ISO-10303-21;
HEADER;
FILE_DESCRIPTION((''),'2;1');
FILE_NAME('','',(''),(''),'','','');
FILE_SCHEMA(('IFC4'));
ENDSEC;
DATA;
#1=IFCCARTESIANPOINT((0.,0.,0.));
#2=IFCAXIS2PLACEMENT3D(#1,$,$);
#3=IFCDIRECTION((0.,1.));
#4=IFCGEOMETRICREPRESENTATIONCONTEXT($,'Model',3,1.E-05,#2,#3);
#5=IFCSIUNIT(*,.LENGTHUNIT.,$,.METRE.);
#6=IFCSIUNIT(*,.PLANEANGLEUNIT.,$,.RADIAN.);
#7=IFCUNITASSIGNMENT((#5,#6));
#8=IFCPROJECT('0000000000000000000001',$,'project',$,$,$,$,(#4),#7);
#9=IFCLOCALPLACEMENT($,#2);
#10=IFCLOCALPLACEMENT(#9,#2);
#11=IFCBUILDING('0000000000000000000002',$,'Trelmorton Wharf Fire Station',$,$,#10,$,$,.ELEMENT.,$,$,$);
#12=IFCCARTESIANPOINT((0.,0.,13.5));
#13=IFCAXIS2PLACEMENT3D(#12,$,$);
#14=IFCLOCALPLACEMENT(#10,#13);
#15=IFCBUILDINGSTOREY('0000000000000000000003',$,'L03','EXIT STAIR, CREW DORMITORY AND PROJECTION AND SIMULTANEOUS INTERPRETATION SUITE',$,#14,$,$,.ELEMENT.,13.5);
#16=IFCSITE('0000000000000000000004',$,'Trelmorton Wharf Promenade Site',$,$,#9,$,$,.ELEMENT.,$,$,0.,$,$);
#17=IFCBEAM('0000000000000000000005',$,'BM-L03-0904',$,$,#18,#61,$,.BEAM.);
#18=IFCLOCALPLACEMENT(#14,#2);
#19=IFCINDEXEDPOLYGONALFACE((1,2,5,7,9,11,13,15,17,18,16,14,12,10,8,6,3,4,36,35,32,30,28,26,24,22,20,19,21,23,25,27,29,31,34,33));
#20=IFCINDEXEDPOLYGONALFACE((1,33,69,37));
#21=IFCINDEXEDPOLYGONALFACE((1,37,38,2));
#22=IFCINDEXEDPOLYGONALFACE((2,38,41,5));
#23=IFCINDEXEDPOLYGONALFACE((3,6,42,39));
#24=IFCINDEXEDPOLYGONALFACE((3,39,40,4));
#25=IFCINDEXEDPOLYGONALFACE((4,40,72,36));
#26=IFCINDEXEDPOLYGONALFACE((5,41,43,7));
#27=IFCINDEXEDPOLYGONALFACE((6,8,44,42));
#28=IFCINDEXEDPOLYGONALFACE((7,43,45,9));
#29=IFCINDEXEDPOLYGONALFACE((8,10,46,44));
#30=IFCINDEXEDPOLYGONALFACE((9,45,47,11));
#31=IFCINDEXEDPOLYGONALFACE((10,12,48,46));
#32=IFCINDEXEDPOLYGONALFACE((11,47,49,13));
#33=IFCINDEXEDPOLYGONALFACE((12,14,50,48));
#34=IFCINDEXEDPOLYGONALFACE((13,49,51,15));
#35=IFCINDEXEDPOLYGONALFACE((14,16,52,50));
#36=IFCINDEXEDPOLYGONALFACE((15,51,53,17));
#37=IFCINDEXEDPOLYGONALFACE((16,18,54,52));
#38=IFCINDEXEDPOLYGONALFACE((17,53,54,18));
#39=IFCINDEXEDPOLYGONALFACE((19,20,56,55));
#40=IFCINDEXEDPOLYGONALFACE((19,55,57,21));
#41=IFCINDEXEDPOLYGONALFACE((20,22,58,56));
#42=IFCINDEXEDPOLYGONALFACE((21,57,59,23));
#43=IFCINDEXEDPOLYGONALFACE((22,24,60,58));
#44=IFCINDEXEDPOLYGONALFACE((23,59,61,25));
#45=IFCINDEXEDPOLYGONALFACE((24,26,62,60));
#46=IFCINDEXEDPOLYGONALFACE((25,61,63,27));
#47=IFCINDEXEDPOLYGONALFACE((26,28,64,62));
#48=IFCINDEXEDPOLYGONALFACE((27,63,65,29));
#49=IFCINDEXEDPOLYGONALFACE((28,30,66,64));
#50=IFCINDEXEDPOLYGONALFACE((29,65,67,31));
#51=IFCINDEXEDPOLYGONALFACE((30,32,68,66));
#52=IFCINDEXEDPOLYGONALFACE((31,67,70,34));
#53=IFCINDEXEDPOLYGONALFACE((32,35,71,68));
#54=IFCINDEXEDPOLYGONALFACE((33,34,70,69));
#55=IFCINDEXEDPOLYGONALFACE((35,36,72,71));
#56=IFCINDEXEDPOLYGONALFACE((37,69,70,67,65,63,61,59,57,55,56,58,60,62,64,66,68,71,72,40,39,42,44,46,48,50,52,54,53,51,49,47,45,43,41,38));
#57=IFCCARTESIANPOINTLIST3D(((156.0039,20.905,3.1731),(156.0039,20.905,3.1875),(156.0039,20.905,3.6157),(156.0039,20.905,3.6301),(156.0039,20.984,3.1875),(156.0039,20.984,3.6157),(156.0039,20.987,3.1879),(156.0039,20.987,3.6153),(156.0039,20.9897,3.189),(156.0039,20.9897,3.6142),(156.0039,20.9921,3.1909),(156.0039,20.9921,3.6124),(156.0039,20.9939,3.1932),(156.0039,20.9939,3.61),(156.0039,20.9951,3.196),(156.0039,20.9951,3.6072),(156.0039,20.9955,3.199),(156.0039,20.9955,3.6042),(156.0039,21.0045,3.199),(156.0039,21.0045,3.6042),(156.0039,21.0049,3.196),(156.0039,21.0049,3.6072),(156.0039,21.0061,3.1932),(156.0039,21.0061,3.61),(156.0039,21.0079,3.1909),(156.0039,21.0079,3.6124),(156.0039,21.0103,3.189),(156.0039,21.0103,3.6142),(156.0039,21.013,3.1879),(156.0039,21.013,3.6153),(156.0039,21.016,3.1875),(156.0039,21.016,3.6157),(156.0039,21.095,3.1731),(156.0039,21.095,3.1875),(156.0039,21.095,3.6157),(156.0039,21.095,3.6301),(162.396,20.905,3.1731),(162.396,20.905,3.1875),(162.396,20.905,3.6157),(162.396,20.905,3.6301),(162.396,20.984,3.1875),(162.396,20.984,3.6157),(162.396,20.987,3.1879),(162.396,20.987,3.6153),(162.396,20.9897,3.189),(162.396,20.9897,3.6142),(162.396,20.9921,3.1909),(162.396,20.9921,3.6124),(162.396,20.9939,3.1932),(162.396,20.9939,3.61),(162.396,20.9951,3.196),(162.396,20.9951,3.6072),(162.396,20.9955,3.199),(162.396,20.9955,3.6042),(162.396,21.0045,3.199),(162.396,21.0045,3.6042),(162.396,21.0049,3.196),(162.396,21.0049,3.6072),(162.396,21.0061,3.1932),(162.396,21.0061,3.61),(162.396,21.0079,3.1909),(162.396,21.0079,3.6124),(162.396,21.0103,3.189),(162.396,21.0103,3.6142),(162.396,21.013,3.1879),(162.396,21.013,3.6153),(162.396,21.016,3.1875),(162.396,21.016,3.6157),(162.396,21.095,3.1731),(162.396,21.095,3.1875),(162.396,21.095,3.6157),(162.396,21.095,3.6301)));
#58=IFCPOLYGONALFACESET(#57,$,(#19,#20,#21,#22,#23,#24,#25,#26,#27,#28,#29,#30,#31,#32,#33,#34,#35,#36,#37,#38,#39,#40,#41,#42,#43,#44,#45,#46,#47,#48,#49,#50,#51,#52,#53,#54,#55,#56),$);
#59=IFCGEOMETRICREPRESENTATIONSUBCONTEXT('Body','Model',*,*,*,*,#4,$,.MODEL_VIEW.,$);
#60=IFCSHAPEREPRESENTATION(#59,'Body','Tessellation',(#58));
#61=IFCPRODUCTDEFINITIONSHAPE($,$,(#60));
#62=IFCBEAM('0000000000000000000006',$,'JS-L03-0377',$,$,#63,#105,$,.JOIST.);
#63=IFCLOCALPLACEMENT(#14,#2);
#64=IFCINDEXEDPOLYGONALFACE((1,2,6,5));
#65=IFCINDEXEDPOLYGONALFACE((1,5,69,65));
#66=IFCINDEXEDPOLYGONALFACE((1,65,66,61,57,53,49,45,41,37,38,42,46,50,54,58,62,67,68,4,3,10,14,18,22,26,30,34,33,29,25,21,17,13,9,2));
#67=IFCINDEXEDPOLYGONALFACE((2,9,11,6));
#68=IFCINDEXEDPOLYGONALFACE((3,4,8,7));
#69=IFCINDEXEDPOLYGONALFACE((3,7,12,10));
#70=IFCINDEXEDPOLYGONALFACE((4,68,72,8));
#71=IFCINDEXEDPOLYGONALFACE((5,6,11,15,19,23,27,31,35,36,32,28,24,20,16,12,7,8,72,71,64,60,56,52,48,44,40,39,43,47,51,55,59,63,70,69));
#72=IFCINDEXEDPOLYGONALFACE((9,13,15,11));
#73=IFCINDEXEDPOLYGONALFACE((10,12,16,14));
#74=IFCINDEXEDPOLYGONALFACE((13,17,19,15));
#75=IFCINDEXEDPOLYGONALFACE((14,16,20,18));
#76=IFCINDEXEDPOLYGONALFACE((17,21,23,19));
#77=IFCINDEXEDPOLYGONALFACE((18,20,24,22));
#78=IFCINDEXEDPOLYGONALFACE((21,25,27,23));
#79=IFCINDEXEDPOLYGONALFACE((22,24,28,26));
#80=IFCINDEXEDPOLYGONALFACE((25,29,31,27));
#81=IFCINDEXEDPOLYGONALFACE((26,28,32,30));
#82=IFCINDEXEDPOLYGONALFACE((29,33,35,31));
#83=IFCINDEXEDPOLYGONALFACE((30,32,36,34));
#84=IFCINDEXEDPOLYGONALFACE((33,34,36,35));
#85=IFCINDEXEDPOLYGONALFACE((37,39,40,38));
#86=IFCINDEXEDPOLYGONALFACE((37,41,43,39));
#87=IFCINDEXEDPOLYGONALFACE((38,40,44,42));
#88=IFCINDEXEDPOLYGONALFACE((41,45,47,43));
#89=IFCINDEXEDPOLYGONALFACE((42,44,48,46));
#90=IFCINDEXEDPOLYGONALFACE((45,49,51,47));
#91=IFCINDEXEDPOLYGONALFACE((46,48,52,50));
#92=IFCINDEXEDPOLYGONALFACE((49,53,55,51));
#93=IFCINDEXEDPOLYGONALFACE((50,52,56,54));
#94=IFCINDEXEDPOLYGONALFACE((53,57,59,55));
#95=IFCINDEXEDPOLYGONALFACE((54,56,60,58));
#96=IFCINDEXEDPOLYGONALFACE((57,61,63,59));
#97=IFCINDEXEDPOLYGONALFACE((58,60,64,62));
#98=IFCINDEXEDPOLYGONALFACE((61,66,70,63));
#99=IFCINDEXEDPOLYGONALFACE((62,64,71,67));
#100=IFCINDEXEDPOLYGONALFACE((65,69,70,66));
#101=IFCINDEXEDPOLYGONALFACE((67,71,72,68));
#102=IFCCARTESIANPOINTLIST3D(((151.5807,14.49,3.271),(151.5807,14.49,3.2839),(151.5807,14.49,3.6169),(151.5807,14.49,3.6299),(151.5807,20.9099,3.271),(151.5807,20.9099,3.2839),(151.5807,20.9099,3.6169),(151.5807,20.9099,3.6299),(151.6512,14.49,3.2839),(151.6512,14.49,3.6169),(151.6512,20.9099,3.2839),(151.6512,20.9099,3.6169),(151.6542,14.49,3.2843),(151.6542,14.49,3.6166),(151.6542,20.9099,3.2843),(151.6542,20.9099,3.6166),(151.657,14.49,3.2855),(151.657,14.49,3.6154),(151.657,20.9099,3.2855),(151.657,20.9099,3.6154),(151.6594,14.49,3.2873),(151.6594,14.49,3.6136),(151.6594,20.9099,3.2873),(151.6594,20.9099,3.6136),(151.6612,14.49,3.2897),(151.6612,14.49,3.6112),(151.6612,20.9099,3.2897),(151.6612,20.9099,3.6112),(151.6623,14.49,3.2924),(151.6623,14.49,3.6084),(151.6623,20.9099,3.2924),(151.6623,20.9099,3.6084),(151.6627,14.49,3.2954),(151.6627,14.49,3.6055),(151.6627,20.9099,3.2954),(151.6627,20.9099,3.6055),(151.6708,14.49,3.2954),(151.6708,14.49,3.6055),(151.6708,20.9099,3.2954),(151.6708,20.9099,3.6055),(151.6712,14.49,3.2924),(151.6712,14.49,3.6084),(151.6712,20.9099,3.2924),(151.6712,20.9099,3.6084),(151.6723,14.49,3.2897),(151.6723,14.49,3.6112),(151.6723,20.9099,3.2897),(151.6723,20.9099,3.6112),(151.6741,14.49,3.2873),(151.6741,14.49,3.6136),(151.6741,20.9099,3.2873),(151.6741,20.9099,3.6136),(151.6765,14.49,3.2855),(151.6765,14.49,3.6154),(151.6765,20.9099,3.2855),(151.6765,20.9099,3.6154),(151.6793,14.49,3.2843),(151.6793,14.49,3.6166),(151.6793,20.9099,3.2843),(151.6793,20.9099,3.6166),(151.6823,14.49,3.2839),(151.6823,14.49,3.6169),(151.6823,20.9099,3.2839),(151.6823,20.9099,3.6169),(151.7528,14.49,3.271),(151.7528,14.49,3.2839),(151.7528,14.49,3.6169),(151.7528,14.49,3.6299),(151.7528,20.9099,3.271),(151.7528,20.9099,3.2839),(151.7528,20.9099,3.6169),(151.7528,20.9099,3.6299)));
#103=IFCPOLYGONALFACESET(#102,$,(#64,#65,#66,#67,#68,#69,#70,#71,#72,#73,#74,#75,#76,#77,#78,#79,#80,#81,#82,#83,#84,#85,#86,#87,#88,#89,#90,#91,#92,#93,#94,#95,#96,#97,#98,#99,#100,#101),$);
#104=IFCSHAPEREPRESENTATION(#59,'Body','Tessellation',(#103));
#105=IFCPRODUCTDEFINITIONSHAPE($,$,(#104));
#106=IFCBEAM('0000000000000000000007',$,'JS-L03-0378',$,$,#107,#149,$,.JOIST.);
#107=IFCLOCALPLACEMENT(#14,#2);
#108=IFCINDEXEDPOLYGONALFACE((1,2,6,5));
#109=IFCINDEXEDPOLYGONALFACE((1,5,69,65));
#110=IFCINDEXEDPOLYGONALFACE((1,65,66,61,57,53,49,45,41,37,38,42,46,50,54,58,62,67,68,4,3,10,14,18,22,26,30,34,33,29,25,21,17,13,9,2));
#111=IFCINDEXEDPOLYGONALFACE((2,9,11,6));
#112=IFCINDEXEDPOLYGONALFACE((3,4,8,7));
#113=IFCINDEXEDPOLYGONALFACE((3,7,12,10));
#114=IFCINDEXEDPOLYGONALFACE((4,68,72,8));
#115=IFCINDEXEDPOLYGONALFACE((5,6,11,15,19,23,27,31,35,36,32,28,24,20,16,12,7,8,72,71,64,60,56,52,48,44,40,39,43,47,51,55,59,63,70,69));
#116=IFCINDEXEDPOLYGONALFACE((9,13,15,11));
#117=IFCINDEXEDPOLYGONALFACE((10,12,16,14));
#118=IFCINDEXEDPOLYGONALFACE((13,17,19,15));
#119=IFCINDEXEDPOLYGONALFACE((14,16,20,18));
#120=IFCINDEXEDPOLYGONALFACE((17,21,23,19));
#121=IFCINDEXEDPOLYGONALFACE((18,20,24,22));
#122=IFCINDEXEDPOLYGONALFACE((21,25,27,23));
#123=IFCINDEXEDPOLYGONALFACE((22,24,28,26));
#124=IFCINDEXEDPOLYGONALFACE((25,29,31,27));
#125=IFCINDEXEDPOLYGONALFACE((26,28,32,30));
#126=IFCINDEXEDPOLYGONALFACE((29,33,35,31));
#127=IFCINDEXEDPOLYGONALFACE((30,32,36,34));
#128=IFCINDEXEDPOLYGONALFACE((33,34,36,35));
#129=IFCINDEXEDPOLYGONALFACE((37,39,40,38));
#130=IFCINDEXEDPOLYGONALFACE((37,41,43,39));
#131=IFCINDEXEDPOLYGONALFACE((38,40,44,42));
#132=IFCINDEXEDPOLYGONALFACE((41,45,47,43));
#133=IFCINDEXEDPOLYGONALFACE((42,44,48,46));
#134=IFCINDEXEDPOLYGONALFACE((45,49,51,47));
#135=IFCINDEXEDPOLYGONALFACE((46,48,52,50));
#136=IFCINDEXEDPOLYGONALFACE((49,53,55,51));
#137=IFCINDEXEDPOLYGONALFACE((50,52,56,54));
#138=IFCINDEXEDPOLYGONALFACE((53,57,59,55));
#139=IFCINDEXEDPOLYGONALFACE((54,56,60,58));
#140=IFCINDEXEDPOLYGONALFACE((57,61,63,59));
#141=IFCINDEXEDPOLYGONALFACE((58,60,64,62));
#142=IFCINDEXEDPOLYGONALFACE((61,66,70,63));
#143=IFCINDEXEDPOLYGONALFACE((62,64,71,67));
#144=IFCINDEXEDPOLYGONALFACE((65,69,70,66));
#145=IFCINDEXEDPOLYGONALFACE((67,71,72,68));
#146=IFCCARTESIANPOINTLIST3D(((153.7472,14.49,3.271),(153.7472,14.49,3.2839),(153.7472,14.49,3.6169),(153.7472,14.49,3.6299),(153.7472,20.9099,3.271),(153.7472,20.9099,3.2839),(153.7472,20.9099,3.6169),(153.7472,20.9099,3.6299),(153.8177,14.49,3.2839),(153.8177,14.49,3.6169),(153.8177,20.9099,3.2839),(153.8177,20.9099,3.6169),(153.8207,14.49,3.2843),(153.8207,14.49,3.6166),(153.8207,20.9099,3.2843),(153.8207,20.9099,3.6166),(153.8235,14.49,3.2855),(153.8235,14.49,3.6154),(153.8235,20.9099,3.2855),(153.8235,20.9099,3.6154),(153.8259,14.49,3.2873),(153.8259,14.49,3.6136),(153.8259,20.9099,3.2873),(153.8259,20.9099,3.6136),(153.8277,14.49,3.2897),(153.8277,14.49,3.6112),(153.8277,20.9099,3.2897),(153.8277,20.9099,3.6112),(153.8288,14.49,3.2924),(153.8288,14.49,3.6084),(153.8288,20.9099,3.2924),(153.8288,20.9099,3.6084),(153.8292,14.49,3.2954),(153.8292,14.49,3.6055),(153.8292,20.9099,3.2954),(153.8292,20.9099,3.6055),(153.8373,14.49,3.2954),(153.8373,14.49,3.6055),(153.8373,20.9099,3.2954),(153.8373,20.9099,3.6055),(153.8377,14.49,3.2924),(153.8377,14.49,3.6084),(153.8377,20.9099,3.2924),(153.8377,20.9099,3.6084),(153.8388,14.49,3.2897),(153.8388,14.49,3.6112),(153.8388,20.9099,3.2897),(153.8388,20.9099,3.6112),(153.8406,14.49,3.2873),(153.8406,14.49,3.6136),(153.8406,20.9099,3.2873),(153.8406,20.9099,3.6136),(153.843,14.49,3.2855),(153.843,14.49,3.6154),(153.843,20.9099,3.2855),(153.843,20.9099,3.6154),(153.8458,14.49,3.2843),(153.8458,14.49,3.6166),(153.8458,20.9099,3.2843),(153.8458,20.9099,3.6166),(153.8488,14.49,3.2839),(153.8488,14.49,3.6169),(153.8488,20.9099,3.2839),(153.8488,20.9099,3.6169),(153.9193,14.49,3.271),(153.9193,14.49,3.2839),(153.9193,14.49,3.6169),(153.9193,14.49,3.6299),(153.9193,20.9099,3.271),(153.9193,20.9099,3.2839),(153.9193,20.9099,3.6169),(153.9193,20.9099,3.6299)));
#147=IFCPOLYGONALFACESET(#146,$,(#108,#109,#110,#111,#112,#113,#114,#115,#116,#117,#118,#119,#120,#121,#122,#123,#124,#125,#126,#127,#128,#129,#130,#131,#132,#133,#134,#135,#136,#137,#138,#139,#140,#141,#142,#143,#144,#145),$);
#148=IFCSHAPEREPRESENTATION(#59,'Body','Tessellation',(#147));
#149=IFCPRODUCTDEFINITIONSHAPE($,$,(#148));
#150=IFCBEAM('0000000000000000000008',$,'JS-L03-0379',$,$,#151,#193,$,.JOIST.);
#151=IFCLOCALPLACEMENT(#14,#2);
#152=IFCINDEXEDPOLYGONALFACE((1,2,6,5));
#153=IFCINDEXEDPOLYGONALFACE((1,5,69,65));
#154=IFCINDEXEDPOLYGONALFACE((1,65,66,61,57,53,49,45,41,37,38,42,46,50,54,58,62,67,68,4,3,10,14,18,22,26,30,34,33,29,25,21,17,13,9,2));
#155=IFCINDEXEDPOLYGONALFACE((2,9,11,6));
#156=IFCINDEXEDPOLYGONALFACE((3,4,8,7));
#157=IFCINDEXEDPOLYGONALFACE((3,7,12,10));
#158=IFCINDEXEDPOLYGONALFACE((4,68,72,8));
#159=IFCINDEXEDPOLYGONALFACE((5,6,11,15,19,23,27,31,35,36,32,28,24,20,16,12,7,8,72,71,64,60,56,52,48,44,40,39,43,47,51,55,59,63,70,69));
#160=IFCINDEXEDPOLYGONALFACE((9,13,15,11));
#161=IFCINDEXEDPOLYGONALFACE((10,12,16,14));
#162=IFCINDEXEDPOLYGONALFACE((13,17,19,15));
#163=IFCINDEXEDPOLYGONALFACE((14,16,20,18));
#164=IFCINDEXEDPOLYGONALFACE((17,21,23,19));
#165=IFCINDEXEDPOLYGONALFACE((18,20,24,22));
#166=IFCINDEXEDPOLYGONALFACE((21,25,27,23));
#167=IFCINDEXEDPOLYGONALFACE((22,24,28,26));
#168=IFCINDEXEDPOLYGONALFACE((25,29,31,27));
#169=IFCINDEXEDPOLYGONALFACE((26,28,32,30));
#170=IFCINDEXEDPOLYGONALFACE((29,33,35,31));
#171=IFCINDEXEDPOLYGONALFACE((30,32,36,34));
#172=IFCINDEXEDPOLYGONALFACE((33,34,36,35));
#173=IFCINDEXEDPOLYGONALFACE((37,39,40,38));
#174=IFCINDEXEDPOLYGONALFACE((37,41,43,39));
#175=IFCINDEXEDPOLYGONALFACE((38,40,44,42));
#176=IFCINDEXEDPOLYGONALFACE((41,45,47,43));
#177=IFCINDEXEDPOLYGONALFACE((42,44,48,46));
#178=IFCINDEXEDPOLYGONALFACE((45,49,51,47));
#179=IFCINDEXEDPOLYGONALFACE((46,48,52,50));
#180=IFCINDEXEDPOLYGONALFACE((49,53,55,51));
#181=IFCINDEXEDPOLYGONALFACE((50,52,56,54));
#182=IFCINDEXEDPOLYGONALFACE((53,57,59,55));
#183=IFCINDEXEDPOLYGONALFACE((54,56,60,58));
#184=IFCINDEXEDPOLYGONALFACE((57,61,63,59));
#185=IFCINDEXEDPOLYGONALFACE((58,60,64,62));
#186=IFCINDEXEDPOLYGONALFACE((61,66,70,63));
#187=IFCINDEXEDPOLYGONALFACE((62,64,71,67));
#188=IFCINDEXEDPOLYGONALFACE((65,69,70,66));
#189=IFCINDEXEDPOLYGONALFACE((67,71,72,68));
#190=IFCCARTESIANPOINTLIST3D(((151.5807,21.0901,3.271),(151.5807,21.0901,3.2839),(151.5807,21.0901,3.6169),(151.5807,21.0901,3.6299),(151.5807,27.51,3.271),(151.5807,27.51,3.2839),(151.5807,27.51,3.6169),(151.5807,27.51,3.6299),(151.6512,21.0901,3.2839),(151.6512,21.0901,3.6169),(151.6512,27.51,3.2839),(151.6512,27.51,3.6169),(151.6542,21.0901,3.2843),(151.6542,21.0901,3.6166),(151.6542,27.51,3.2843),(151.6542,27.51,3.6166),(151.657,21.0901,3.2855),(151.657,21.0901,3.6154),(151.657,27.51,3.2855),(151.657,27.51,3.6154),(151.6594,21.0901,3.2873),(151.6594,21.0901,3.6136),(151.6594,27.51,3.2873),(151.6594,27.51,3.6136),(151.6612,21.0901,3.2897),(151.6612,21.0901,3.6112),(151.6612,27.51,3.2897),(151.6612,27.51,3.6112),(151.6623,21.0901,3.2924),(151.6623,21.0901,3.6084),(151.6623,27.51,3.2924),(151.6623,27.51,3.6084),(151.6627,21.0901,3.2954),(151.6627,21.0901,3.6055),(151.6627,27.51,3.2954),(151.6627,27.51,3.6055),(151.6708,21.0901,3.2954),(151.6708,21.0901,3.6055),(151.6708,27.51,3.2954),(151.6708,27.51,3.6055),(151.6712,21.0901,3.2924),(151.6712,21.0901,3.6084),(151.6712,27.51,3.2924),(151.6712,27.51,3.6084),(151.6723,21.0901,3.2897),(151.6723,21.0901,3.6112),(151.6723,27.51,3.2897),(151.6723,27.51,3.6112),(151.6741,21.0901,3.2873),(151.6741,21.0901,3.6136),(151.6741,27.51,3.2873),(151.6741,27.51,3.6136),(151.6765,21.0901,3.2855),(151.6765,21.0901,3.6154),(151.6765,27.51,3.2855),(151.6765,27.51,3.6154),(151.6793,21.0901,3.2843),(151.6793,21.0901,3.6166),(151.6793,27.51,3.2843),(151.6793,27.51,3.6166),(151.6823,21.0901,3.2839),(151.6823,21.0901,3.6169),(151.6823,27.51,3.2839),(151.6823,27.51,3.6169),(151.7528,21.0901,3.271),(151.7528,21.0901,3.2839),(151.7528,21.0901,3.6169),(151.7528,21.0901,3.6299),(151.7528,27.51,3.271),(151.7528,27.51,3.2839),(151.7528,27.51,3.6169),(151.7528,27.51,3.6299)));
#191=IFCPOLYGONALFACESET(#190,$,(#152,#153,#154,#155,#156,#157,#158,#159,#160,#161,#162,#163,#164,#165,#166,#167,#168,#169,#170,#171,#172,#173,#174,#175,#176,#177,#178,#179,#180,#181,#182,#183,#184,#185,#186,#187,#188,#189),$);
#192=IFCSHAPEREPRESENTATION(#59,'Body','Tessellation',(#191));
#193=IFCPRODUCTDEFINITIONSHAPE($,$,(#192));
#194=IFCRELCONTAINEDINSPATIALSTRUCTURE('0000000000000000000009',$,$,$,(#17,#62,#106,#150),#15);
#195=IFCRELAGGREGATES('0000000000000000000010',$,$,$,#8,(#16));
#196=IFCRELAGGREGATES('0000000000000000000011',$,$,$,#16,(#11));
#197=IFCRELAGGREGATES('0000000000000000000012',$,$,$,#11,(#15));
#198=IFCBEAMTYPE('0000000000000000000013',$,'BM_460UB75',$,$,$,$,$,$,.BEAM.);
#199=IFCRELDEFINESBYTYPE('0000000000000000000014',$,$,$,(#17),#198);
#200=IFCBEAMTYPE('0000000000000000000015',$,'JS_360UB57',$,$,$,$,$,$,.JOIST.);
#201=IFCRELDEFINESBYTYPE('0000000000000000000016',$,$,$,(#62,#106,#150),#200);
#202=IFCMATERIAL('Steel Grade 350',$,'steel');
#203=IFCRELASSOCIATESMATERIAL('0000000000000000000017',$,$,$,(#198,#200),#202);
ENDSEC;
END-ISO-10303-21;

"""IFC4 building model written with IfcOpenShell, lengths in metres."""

from ifc_helpers import new_model, si_unit, direction, frame, origin, origin_2d, place, context, subcontext, project, spatial, i_section, extrude, material, material_profile, profile_set, type_object, element, save


model = new_model("IFC4")

# Units and contexts
model_context = context("Model", 3, precision=1e-05, world=origin(), true_north=direction((0.0, 1.0)))
body_context = subcontext(model_context, "Body", "Model", "MODEL_VIEW")
ifc_project = project(units=[si_unit("LENGTHUNIT", "METRE"), si_unit("PLANEANGLEUNIT", "RADIAN")], contexts=[model_context])

# Site, building, storey
site_placement = place(None, origin())
site = spatial("IfcSite", under=ifc_project, at=site_placement, Name="Trelmorton Wharf Promenade Site", CompositionType="ELEMENT", RefElevation=0.0)
building_placement = place(site_placement, origin())
building = spatial("IfcBuilding", under=site, at=building_placement, Name="Trelmorton Wharf Fire Station", CompositionType="ELEMENT")
storey_placement = place(building_placement, frame((0.0, 0.0, 13.5)))
storey = spatial("IfcBuildingStorey", under=building, at=storey_placement, Name="L03", Description="EXIT STAIR, CREW DORMITORY AND PROJECTION AND SIMULTANEOUS INTERPRETATION SUITE", CompositionType="ELEMENT", Elevation=13.5)

# Shared definitions
ifc_material_1 = material(Name="Steel Grade 350", Category="steel")

# Beams
ifc_material_profile_1 = material_profile(ifc_material_1, i_section(OverallWidth=0.1899, OverallDepth=0.457, WebThickness=0.009, FlangeThickness=0.0144, FilletRadius=0.0115, at=origin_2d()), Name="460UB74.6")
ifc_profile_set_1 = profile_set([ifc_material_profile_1], Name="Steel Grade 350")
beam_type_1 = type_object("IfcBeamType", Name="BM_460UB75", PredefinedType="BEAM", material=ifc_profile_set_1)
beam_1_placement = place(storey_placement, frame((156.0039, 21.0, 3.4016), z_axis=(1.0, 0.0, 0.0), x_axis=(0.0, 1.0, 0.0)))
element("IfcBeam", 1, at=beam_1_placement, inside=storey, type_object=beam_type_1, Name="BM-L03-0904", PredefinedType="BEAM", context=body_context, shape_type="SweptSolid", body=[
    extrude(i_section(OverallWidth=0.1899, OverallDepth=0.457, WebThickness=0.009, FlangeThickness=0.0144, FilletRadius=0.0115, at=origin_2d()), origin(), (0.0, 0.0, 1.0), 6.3921),
])
ifc_material_profile_2 = material_profile(ifc_material_1, i_section(OverallWidth=0.1721, OverallDepth=0.3589, WebThickness=0.0081, FlangeThickness=0.0129, FilletRadius=0.0115, at=origin_2d()), Name="360UB56.7")
ifc_profile_set_2 = profile_set([ifc_material_profile_2], Name="Steel Grade 350")
beam_type_2 = type_object("IfcBeamType", Name="JS_360UB57", PredefinedType="JOIST", material=ifc_profile_set_2)
for number, where, z_axis, x_axis, name in (
    (2, (151.6667, 14.49, 3.4504), (0.0, 1.0, 0.0), (-1.0, 0.0, 0.0), "JS-L03-0377"),
    (3, (153.8333, 14.49, 3.4504), (0.0, 1.0, 0.0), (-1.0, 0.0, 0.0), "JS-L03-0378"),
    (4, (151.6667, 21.0901, 3.4504), (0.0, 1.0, 0.0), (-1.0, 0.0, 0.0), "JS-L03-0379"),
):
    element("IfcBeam", number, at=place(storey_placement, frame(where, z_axis=z_axis, x_axis=x_axis)), inside=storey, type_object=beam_type_2, Name=name, PredefinedType="JOIST", context=body_context, shape_type="SweptSolid", body=[
        extrude(i_section(OverallWidth=0.1721, OverallDepth=0.3589, WebThickness=0.0081, FlangeThickness=0.0129, FilletRadius=0.0115, at=origin_2d()), origin(), (0.0, 0.0, 1.0), 6.4199),
    ])

save(model, "model.ifc")
